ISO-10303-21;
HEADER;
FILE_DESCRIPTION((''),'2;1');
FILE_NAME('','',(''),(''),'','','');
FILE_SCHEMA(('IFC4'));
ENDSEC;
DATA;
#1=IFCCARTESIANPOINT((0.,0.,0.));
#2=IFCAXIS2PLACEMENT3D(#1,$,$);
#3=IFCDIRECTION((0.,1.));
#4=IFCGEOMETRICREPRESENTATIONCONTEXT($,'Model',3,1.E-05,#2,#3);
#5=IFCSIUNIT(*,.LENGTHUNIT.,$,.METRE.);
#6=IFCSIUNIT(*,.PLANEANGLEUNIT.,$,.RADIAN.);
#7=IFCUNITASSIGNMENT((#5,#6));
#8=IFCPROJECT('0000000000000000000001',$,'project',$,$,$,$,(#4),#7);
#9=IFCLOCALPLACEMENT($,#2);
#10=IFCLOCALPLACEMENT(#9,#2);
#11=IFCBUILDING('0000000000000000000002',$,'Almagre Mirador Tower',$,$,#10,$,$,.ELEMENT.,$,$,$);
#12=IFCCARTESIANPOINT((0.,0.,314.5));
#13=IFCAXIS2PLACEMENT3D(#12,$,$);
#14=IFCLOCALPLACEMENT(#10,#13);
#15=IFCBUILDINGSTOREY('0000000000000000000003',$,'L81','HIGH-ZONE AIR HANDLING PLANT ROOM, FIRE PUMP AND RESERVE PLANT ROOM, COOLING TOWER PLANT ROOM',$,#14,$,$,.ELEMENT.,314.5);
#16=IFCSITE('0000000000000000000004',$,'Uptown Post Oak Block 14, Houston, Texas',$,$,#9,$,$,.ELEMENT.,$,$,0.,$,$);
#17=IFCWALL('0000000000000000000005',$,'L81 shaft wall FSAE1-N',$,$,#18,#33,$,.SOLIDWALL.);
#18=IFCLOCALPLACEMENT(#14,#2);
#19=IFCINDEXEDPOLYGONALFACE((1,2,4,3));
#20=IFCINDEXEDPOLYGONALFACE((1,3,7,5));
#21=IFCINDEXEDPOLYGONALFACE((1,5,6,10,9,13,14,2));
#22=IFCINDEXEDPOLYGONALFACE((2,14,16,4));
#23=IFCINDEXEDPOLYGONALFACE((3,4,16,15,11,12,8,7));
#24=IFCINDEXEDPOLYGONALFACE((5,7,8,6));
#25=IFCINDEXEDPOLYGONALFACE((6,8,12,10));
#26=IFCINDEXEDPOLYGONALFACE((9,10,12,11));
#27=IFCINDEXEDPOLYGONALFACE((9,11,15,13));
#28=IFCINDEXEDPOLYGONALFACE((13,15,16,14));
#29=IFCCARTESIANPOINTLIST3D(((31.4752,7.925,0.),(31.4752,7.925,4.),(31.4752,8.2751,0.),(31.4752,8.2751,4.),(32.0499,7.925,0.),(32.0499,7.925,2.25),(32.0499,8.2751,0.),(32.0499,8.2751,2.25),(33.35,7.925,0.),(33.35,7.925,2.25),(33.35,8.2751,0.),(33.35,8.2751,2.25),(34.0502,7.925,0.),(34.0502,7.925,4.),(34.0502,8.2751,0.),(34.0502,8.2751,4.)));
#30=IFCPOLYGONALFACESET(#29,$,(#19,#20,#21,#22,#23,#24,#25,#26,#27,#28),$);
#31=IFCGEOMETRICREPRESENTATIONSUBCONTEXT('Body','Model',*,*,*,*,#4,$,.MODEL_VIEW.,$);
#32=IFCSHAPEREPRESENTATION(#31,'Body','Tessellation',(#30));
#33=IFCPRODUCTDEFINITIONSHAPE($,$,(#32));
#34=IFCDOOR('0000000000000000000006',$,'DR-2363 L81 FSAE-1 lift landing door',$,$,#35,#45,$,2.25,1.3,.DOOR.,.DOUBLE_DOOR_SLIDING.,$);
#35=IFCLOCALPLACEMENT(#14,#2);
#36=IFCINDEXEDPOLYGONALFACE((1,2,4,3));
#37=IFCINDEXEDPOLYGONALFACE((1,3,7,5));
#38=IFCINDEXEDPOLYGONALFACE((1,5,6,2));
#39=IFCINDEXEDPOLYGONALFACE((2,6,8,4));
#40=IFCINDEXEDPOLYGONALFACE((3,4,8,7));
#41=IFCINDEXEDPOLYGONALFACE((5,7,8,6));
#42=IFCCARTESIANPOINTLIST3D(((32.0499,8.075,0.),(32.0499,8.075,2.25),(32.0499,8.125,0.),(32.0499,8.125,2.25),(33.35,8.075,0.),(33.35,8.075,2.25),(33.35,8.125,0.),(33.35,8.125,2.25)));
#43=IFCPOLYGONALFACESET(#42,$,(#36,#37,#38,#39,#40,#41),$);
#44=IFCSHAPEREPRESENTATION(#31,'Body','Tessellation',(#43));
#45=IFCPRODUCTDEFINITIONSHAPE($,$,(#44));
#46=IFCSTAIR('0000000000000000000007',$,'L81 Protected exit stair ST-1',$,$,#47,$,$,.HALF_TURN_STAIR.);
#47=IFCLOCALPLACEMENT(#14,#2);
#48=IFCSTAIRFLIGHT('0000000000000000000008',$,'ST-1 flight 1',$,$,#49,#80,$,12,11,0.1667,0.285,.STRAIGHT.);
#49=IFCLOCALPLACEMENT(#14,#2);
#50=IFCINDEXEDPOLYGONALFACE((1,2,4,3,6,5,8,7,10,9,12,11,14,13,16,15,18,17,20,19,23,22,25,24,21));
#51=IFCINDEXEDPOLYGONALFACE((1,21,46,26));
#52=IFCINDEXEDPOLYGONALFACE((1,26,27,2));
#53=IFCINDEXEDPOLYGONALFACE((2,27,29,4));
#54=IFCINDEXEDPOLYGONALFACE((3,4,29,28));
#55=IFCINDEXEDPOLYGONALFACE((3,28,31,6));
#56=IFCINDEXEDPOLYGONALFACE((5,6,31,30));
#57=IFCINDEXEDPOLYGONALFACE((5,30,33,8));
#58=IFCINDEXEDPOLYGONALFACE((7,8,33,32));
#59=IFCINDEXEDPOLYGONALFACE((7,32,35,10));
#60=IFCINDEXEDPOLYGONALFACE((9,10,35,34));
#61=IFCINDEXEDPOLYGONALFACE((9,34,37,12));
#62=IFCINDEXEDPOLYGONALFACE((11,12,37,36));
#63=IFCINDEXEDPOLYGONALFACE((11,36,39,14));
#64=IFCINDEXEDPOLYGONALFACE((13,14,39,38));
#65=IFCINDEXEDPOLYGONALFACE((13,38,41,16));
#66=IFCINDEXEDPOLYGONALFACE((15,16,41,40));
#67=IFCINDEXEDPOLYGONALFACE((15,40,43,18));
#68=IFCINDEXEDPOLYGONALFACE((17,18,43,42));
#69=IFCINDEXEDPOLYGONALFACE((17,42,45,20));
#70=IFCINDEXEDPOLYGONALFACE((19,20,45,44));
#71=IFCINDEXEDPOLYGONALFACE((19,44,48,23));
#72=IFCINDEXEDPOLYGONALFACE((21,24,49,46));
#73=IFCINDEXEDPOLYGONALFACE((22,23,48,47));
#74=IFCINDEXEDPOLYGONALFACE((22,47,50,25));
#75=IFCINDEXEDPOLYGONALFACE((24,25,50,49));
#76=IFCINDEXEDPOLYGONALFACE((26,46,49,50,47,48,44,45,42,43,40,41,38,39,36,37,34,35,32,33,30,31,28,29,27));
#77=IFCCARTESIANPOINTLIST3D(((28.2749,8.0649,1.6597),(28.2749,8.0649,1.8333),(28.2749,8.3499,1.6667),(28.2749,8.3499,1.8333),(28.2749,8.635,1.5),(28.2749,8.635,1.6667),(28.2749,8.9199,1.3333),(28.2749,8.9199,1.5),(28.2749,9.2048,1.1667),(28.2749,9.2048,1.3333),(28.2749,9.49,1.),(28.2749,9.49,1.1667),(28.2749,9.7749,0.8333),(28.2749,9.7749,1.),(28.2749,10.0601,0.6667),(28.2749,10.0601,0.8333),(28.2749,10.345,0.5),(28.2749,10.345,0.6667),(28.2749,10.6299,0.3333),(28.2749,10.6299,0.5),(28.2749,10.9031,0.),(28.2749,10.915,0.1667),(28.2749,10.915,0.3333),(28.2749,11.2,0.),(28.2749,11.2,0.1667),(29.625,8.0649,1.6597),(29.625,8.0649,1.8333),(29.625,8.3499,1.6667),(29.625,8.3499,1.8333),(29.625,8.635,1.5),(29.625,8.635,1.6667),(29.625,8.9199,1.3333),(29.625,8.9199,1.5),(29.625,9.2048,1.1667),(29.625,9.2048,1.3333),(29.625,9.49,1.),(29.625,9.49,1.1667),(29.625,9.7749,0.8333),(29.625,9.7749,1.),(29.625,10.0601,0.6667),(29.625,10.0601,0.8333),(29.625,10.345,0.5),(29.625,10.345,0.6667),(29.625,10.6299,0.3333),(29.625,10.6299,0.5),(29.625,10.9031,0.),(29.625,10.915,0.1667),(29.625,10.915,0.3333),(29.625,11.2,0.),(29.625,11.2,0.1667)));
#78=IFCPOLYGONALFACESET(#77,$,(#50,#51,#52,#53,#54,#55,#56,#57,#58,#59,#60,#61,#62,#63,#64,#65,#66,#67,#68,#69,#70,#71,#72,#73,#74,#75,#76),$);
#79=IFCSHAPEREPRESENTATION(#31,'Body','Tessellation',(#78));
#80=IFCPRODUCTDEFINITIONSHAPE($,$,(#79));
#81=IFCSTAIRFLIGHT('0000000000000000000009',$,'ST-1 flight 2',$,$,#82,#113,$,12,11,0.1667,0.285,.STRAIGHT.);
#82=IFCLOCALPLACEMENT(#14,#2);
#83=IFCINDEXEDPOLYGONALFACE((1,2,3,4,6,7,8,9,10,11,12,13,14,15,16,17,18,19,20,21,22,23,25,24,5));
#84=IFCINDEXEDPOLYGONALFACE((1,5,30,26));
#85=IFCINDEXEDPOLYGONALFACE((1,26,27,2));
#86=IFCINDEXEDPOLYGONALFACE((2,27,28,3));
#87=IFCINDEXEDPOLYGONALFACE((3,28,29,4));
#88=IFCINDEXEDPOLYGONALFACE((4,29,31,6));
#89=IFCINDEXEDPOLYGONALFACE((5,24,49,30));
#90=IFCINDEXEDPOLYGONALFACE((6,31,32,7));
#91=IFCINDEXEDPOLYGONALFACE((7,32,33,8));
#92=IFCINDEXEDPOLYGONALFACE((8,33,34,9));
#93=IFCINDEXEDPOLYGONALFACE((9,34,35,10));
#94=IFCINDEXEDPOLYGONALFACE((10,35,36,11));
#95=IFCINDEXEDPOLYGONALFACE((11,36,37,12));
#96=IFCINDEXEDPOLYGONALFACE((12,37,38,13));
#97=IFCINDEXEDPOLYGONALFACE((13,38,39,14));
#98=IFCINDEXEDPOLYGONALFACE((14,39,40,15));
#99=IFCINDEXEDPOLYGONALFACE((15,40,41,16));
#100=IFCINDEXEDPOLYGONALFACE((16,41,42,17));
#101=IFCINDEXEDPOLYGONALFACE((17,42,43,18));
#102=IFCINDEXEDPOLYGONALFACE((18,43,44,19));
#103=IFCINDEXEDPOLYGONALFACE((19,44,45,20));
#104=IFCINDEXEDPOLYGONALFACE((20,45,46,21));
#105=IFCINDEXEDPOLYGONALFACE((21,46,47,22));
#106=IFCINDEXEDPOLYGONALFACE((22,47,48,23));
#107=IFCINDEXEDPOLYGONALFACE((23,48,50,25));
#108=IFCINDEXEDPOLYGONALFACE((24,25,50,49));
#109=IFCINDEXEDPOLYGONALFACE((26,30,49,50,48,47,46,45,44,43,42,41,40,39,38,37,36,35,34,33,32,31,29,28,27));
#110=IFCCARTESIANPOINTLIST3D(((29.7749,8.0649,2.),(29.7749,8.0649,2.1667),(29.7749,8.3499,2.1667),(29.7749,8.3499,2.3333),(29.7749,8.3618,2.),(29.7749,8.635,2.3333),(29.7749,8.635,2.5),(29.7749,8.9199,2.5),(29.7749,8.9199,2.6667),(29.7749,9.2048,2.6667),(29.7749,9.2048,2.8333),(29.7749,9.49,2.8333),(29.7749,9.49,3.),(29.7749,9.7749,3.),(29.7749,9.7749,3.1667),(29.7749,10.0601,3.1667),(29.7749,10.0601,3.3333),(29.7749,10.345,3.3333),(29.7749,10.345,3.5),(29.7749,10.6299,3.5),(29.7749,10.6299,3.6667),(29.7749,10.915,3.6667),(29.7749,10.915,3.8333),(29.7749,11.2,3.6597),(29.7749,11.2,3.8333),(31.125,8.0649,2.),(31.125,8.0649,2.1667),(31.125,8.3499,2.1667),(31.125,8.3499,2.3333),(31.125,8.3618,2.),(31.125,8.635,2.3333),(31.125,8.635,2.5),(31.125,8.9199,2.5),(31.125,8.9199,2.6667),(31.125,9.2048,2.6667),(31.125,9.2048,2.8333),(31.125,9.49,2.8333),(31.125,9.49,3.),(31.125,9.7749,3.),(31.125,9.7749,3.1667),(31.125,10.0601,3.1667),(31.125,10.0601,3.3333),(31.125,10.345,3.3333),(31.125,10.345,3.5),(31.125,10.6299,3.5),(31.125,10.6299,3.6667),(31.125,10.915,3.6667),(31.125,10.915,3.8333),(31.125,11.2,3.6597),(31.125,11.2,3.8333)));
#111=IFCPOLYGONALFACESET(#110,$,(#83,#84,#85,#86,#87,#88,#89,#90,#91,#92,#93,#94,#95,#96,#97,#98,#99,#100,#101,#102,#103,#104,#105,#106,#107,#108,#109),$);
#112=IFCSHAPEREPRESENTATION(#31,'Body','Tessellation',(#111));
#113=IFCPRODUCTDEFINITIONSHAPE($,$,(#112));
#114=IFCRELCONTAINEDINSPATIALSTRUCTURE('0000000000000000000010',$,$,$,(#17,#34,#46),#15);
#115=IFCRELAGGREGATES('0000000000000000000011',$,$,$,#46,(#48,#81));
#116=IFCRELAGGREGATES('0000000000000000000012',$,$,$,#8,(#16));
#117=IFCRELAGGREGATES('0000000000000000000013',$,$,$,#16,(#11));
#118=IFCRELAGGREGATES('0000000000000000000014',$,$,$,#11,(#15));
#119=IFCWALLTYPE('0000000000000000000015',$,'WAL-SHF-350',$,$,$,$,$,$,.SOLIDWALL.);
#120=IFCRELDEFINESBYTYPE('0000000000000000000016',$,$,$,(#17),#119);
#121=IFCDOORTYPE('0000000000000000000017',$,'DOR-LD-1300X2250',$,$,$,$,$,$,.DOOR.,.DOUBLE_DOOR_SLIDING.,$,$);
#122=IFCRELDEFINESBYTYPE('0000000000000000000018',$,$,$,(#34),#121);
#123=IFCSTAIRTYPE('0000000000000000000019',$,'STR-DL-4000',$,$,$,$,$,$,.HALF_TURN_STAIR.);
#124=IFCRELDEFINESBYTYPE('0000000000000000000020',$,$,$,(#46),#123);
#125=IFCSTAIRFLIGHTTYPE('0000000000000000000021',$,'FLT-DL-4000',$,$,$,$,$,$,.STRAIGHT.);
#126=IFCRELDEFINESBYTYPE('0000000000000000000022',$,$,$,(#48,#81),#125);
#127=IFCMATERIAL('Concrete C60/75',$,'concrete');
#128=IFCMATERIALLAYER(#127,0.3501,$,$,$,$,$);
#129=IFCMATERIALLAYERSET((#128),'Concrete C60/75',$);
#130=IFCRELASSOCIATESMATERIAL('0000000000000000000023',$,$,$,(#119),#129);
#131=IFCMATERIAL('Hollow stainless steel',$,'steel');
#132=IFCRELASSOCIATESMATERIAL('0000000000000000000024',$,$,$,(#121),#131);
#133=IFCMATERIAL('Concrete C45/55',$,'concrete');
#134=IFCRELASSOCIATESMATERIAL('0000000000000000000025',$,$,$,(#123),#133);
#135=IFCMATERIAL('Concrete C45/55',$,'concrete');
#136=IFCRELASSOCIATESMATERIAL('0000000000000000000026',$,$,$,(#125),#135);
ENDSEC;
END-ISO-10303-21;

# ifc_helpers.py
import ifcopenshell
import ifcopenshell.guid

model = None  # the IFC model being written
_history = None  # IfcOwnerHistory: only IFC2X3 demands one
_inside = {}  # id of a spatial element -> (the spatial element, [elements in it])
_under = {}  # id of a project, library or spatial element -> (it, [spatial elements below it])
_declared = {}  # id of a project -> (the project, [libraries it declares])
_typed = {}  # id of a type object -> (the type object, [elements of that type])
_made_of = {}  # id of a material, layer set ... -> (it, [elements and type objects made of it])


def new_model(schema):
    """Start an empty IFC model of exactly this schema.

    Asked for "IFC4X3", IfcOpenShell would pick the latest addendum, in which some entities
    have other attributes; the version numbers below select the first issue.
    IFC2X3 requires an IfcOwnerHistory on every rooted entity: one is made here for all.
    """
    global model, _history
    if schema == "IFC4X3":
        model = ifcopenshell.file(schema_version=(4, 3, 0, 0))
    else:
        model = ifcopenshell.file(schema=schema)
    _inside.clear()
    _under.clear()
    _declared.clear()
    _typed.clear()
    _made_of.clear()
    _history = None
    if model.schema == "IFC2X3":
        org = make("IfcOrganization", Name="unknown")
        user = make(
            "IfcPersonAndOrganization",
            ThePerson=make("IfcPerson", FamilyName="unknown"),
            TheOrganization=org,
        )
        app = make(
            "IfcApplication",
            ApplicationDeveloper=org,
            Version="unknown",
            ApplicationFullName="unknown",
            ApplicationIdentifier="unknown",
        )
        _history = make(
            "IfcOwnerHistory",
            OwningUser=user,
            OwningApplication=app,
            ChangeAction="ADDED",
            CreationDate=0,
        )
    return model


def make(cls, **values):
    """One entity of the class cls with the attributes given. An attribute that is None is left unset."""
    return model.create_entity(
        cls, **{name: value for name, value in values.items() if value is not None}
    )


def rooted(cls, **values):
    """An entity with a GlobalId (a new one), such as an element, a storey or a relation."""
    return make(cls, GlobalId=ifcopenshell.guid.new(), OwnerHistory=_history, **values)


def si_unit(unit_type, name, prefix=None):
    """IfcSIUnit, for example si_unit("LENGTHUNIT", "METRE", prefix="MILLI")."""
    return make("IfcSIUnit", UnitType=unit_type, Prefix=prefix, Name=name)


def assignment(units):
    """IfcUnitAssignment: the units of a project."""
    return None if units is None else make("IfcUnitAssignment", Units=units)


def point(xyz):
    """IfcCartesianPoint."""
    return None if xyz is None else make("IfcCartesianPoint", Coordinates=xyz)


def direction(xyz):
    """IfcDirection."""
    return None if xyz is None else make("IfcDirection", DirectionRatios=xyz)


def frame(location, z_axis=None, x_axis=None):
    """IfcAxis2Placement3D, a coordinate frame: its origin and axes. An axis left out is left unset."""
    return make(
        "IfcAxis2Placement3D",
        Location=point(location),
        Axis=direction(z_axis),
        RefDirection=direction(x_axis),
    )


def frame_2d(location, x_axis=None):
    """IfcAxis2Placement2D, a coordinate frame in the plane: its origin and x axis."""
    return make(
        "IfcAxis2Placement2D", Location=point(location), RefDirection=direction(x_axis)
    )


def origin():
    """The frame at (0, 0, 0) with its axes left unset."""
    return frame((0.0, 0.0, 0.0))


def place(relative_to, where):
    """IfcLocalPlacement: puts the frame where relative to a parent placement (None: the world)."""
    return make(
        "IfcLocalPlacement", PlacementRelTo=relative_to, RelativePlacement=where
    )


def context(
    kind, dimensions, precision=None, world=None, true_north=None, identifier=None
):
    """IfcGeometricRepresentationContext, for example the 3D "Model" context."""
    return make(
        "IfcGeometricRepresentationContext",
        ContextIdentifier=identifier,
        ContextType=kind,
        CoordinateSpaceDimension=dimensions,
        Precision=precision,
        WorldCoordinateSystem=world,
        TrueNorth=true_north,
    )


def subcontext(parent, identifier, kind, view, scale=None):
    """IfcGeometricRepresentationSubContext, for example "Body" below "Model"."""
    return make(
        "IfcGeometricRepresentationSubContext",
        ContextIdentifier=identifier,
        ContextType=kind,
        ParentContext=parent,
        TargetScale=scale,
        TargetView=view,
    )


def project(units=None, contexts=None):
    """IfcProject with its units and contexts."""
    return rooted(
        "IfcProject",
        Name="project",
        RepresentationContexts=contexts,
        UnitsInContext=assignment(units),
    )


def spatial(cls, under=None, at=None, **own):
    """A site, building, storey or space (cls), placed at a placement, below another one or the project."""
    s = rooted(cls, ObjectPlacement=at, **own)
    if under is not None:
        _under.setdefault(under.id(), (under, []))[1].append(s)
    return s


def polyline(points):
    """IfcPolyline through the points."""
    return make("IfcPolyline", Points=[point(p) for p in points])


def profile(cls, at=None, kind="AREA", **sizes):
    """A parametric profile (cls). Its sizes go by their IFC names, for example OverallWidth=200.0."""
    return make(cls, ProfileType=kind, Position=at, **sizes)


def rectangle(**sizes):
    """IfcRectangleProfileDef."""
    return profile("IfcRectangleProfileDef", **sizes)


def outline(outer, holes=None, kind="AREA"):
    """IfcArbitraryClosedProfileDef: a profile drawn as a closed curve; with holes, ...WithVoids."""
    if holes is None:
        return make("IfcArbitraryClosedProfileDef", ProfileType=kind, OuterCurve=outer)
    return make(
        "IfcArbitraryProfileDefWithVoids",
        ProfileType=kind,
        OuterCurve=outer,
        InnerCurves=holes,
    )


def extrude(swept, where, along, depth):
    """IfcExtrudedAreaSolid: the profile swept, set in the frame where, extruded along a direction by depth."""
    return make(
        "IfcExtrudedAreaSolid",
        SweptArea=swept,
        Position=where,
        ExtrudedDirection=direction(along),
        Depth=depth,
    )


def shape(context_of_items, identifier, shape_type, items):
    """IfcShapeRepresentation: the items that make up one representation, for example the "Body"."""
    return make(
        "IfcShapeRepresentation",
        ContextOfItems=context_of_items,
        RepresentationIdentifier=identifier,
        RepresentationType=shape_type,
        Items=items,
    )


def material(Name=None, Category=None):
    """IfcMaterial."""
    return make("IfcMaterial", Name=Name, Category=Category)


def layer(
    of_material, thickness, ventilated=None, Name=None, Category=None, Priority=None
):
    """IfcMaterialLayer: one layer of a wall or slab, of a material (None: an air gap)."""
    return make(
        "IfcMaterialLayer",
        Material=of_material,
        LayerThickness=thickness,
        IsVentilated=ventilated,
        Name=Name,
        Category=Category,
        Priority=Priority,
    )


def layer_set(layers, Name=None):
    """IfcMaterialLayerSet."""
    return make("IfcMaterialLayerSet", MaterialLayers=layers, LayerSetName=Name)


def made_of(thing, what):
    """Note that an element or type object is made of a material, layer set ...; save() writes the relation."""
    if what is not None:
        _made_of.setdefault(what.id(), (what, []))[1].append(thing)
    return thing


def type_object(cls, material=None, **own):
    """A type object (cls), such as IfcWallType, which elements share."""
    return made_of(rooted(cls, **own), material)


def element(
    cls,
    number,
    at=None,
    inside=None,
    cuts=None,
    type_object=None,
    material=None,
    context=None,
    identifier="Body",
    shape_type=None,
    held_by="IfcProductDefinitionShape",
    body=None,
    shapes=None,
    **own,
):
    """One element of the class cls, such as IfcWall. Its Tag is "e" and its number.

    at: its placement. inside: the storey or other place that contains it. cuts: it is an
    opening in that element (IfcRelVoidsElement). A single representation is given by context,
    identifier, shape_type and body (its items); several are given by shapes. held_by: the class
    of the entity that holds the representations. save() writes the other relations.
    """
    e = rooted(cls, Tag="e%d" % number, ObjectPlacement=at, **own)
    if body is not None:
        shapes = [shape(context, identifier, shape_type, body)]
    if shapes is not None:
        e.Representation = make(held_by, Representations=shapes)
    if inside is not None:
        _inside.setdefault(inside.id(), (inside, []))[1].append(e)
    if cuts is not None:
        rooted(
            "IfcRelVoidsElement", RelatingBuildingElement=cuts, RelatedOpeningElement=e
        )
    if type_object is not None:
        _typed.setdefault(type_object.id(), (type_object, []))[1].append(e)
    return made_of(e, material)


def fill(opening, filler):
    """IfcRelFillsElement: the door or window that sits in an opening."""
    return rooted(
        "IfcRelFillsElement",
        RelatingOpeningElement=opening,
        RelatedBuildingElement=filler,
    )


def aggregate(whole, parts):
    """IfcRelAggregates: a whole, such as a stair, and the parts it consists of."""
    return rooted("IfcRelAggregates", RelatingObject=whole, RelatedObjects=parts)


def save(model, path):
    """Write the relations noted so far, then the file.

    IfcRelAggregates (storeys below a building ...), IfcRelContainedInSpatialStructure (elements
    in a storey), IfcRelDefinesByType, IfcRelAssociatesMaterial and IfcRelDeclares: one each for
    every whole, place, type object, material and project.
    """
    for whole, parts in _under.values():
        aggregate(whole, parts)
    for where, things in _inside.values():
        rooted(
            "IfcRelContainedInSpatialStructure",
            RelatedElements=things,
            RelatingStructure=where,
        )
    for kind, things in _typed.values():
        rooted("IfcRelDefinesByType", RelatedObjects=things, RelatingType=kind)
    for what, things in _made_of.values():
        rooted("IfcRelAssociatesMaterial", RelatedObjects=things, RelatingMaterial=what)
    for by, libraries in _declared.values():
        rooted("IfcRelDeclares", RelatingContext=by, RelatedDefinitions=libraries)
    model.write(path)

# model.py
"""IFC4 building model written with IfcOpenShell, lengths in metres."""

from ifc_helpers import new_model, si_unit, direction, frame, frame_2d, origin, place, context, subcontext, project, spatial, polyline, rectangle, outline, extrude, material, layer, layer_set, type_object, element, fill, aggregate, save


model = new_model("IFC4")

# Units and contexts
model_context = context("Model", 3, precision=1e-05, world=origin(), true_north=direction((0.0, 1.0)))
body_context = subcontext(model_context, "Body", "Model", "MODEL_VIEW")
ifc_project = project(units=[si_unit("LENGTHUNIT", "METRE"), si_unit("PLANEANGLEUNIT", "RADIAN")], contexts=[model_context])

# Site, building, storey
site_placement = place(None, origin())
site = spatial("IfcSite", under=ifc_project, at=site_placement, Name="Uptown Post Oak Block 14, Houston, Texas", CompositionType="ELEMENT", RefElevation=0.0)
building_placement = place(site_placement, origin())
building = spatial("IfcBuilding", under=site, at=building_placement, Name="Almagre Mirador Tower", CompositionType="ELEMENT")
storey_placement = place(building_placement, frame((0.0, 0.0, 314.5)))
storey = spatial("IfcBuildingStorey", under=building, at=storey_placement, Name="L81", Description="HIGH-ZONE AIR HANDLING PLANT ROOM, FIRE PUMP AND RESERVE PLANT ROOM, COOLING TOWER PLANT ROOM", CompositionType="ELEMENT", Elevation=314.5)

# Shared definitions
ifc_material_1 = material(Name="Concrete C60/75", Category="concrete")
ifc_layer_1 = layer(ifc_material_1, 0.3501)
ifc_layer_set_1 = layer_set([ifc_layer_1], Name="Concrete C60/75")
wall_type_1 = type_object("IfcWallType", Name="WAL-SHF-350", PredefinedType="SOLIDWALL", material=ifc_layer_set_1)

# Wall, opening, door
wall_1_placement = place(storey_placement, frame((31.4751, 8.1001, 0.0), z_axis=(0.0, 0.0, 1.0), x_axis=(1.0, 0.0, 0.0)))
wall_1 = element("IfcWall", 1, at=wall_1_placement, inside=storey, type_object=wall_type_1, Name="L81 shaft wall FSAE1-N", PredefinedType="SOLIDWALL", context=body_context, shape_type="SweptSolid", body=[
    extrude(rectangle(XDim=2.575, YDim=0.3501, at=frame_2d((1.2876, 0.0))), origin(), (0.0, 0.0, 1.0), 4.0),
])
opening_1_placement = place(wall_1_placement, frame((0.575, 0.0, 0.0)))
opening_1 = element("IfcOpeningElement", 2, at=opening_1_placement, cuts=wall_1, PredefinedType="OPENING", context=body_context, shape_type="SweptSolid", body=[
    extrude(rectangle(XDim=1.3, YDim=2.25, at=frame_2d((0.6499, 1.125))), frame((0.0, 0.185, 0.0), z_axis=(0.0, -1.0, 0.0), x_axis=(1.0, 0.0, 0.0)), (0.0, 0.0, 1.0), 0.3701),
])
ifc_material_2 = material(Name="Hollow stainless steel", Category="steel")
door_type_1 = type_object("IfcDoorType", Name="DOR-LD-1300X2250", OperationType="DOUBLE_DOOR_SLIDING", PredefinedType="DOOR", material=ifc_material_2)
door_1_placement = place(opening_1_placement, origin())
door_1 = element("IfcDoor", 3, at=door_1_placement, inside=storey, type_object=door_type_1, Name="DR-2363 L81 FSAE-1 lift landing door", OperationType="DOUBLE_DOOR_SLIDING", OverallHeight=2.25, OverallWidth=1.3, PredefinedType="DOOR", context=body_context, shape_type="SweptSolid", body=[
    extrude(rectangle(XDim=1.3, YDim=2.25, at=frame_2d((0.6499, 1.125))), frame((0.0, 0.0249, 0.0), z_axis=(0.0, -1.0, 0.0), x_axis=(1.0, 0.0, 0.0)), (0.0, 0.0, 1.0), 0.05),
])
fill(opening_1, door_1)

# Stair, stair flights
ifc_material_3 = material(Name="Concrete C45/55", Category="concrete")
stair_type = type_object("IfcStairType", Name="STR-DL-4000", PredefinedType="HALF_TURN_STAIR", material=ifc_material_3)
stair_placement = place(storey_placement, origin())
stair = element("IfcStair", 4, at=stair_placement, inside=storey, type_object=stair_type, Name="L81 Protected exit stair ST-1", PredefinedType="HALF_TURN_STAIR")
ifc_material_4 = material(Name="Concrete C45/55", Category="concrete")
stair_flight_type = type_object("IfcStairFlightType", Name="FLT-DL-4000", PredefinedType="STRAIGHT", material=ifc_material_4)
stair_flight_1_placement = place(storey_placement, frame((28.95, 11.2, 0.0), z_axis=(0.0, 0.0, 1.0), x_axis=(0.0, -1.0, 0.0)))
stair_flight_1 = element("IfcStairFlight", 5, at=stair_flight_1_placement, type_object=stair_flight_type, Name="ST-1 flight 1", NumberOfRisers=12, NumberOfTreads=11, PredefinedType="STRAIGHT", RiserHeight=0.1667, TreadLength=0.285, context=body_context, shape_type="SweptSolid", body=[
    extrude(outline(polyline([(0.0, 0.0), (0.0, 0.1667), (0.2849, 0.1667), (0.2849, 0.3333), (0.5701, 0.3333), (0.5701, 0.5), (0.855, 0.5), (0.855, 0.6667), (1.1399, 0.6667), (1.1399, 0.8333), (1.425, 0.8333), (1.425, 1.0), (1.71, 1.0), (1.71, 1.1667), (1.9951, 1.1667), (1.9951, 1.3333), (2.28, 1.3333), (2.28, 1.5), (2.5649, 1.5), (2.5649, 1.6667), (2.8501, 1.6667), (2.8501, 1.8333), (3.135, 1.8333), (3.135, 2.0), (3.135, 1.6597), (0.2969, 0.0), (0.0, 0.0)])), frame((0.0, 0.675, 0.0), z_axis=(0.0, -1.0, 0.0), x_axis=(1.0, 0.0, 0.0)), (0.0, 0.0, 1.0), 1.3501),
])
stair_flight_2_placement = place(storey_placement, frame((30.45, 8.0649, 2.0), z_axis=(0.0, 0.0, 1.0), x_axis=(0.0, 1.0, 0.0)))
stair_flight_2 = element("IfcStairFlight", 6, at=stair_flight_2_placement, type_object=stair_flight_type, Name="ST-1 flight 2", NumberOfRisers=12, NumberOfTreads=11, PredefinedType="STRAIGHT", RiserHeight=0.1667, TreadLength=0.285, context=body_context, shape_type="SweptSolid", body=[
    extrude(outline(polyline([(0.0, 0.0), (0.0, 0.1667), (0.2849, 0.1667), (0.2849, 0.3333), (0.5701, 0.3333), (0.5701, 0.5), (0.855, 0.5), (0.855, 0.6667), (1.1399, 0.6667), (1.1399, 0.8333), (1.425, 0.8333), (1.425, 1.0), (1.71, 1.0), (1.71, 1.1667), (1.9951, 1.1667), (1.9951, 1.3333), (2.28, 1.3333), (2.28, 1.5), (2.5649, 1.5), (2.5649, 1.6667), (2.8501, 1.6667), (2.8501, 1.8333), (3.135, 1.8333), (3.135, 2.0), (3.135, 1.6597), (0.2969, 0.0), (0.0, 0.0)])), frame((0.0, 0.675, 0.0), z_axis=(0.0, -1.0, 0.0), x_axis=(1.0, 0.0, 0.0)), (0.0, 0.0, 1.0), 1.3501),
])
aggregate(stair, [stair_flight_1, stair_flight_2])

save(model, "model.ifc")
